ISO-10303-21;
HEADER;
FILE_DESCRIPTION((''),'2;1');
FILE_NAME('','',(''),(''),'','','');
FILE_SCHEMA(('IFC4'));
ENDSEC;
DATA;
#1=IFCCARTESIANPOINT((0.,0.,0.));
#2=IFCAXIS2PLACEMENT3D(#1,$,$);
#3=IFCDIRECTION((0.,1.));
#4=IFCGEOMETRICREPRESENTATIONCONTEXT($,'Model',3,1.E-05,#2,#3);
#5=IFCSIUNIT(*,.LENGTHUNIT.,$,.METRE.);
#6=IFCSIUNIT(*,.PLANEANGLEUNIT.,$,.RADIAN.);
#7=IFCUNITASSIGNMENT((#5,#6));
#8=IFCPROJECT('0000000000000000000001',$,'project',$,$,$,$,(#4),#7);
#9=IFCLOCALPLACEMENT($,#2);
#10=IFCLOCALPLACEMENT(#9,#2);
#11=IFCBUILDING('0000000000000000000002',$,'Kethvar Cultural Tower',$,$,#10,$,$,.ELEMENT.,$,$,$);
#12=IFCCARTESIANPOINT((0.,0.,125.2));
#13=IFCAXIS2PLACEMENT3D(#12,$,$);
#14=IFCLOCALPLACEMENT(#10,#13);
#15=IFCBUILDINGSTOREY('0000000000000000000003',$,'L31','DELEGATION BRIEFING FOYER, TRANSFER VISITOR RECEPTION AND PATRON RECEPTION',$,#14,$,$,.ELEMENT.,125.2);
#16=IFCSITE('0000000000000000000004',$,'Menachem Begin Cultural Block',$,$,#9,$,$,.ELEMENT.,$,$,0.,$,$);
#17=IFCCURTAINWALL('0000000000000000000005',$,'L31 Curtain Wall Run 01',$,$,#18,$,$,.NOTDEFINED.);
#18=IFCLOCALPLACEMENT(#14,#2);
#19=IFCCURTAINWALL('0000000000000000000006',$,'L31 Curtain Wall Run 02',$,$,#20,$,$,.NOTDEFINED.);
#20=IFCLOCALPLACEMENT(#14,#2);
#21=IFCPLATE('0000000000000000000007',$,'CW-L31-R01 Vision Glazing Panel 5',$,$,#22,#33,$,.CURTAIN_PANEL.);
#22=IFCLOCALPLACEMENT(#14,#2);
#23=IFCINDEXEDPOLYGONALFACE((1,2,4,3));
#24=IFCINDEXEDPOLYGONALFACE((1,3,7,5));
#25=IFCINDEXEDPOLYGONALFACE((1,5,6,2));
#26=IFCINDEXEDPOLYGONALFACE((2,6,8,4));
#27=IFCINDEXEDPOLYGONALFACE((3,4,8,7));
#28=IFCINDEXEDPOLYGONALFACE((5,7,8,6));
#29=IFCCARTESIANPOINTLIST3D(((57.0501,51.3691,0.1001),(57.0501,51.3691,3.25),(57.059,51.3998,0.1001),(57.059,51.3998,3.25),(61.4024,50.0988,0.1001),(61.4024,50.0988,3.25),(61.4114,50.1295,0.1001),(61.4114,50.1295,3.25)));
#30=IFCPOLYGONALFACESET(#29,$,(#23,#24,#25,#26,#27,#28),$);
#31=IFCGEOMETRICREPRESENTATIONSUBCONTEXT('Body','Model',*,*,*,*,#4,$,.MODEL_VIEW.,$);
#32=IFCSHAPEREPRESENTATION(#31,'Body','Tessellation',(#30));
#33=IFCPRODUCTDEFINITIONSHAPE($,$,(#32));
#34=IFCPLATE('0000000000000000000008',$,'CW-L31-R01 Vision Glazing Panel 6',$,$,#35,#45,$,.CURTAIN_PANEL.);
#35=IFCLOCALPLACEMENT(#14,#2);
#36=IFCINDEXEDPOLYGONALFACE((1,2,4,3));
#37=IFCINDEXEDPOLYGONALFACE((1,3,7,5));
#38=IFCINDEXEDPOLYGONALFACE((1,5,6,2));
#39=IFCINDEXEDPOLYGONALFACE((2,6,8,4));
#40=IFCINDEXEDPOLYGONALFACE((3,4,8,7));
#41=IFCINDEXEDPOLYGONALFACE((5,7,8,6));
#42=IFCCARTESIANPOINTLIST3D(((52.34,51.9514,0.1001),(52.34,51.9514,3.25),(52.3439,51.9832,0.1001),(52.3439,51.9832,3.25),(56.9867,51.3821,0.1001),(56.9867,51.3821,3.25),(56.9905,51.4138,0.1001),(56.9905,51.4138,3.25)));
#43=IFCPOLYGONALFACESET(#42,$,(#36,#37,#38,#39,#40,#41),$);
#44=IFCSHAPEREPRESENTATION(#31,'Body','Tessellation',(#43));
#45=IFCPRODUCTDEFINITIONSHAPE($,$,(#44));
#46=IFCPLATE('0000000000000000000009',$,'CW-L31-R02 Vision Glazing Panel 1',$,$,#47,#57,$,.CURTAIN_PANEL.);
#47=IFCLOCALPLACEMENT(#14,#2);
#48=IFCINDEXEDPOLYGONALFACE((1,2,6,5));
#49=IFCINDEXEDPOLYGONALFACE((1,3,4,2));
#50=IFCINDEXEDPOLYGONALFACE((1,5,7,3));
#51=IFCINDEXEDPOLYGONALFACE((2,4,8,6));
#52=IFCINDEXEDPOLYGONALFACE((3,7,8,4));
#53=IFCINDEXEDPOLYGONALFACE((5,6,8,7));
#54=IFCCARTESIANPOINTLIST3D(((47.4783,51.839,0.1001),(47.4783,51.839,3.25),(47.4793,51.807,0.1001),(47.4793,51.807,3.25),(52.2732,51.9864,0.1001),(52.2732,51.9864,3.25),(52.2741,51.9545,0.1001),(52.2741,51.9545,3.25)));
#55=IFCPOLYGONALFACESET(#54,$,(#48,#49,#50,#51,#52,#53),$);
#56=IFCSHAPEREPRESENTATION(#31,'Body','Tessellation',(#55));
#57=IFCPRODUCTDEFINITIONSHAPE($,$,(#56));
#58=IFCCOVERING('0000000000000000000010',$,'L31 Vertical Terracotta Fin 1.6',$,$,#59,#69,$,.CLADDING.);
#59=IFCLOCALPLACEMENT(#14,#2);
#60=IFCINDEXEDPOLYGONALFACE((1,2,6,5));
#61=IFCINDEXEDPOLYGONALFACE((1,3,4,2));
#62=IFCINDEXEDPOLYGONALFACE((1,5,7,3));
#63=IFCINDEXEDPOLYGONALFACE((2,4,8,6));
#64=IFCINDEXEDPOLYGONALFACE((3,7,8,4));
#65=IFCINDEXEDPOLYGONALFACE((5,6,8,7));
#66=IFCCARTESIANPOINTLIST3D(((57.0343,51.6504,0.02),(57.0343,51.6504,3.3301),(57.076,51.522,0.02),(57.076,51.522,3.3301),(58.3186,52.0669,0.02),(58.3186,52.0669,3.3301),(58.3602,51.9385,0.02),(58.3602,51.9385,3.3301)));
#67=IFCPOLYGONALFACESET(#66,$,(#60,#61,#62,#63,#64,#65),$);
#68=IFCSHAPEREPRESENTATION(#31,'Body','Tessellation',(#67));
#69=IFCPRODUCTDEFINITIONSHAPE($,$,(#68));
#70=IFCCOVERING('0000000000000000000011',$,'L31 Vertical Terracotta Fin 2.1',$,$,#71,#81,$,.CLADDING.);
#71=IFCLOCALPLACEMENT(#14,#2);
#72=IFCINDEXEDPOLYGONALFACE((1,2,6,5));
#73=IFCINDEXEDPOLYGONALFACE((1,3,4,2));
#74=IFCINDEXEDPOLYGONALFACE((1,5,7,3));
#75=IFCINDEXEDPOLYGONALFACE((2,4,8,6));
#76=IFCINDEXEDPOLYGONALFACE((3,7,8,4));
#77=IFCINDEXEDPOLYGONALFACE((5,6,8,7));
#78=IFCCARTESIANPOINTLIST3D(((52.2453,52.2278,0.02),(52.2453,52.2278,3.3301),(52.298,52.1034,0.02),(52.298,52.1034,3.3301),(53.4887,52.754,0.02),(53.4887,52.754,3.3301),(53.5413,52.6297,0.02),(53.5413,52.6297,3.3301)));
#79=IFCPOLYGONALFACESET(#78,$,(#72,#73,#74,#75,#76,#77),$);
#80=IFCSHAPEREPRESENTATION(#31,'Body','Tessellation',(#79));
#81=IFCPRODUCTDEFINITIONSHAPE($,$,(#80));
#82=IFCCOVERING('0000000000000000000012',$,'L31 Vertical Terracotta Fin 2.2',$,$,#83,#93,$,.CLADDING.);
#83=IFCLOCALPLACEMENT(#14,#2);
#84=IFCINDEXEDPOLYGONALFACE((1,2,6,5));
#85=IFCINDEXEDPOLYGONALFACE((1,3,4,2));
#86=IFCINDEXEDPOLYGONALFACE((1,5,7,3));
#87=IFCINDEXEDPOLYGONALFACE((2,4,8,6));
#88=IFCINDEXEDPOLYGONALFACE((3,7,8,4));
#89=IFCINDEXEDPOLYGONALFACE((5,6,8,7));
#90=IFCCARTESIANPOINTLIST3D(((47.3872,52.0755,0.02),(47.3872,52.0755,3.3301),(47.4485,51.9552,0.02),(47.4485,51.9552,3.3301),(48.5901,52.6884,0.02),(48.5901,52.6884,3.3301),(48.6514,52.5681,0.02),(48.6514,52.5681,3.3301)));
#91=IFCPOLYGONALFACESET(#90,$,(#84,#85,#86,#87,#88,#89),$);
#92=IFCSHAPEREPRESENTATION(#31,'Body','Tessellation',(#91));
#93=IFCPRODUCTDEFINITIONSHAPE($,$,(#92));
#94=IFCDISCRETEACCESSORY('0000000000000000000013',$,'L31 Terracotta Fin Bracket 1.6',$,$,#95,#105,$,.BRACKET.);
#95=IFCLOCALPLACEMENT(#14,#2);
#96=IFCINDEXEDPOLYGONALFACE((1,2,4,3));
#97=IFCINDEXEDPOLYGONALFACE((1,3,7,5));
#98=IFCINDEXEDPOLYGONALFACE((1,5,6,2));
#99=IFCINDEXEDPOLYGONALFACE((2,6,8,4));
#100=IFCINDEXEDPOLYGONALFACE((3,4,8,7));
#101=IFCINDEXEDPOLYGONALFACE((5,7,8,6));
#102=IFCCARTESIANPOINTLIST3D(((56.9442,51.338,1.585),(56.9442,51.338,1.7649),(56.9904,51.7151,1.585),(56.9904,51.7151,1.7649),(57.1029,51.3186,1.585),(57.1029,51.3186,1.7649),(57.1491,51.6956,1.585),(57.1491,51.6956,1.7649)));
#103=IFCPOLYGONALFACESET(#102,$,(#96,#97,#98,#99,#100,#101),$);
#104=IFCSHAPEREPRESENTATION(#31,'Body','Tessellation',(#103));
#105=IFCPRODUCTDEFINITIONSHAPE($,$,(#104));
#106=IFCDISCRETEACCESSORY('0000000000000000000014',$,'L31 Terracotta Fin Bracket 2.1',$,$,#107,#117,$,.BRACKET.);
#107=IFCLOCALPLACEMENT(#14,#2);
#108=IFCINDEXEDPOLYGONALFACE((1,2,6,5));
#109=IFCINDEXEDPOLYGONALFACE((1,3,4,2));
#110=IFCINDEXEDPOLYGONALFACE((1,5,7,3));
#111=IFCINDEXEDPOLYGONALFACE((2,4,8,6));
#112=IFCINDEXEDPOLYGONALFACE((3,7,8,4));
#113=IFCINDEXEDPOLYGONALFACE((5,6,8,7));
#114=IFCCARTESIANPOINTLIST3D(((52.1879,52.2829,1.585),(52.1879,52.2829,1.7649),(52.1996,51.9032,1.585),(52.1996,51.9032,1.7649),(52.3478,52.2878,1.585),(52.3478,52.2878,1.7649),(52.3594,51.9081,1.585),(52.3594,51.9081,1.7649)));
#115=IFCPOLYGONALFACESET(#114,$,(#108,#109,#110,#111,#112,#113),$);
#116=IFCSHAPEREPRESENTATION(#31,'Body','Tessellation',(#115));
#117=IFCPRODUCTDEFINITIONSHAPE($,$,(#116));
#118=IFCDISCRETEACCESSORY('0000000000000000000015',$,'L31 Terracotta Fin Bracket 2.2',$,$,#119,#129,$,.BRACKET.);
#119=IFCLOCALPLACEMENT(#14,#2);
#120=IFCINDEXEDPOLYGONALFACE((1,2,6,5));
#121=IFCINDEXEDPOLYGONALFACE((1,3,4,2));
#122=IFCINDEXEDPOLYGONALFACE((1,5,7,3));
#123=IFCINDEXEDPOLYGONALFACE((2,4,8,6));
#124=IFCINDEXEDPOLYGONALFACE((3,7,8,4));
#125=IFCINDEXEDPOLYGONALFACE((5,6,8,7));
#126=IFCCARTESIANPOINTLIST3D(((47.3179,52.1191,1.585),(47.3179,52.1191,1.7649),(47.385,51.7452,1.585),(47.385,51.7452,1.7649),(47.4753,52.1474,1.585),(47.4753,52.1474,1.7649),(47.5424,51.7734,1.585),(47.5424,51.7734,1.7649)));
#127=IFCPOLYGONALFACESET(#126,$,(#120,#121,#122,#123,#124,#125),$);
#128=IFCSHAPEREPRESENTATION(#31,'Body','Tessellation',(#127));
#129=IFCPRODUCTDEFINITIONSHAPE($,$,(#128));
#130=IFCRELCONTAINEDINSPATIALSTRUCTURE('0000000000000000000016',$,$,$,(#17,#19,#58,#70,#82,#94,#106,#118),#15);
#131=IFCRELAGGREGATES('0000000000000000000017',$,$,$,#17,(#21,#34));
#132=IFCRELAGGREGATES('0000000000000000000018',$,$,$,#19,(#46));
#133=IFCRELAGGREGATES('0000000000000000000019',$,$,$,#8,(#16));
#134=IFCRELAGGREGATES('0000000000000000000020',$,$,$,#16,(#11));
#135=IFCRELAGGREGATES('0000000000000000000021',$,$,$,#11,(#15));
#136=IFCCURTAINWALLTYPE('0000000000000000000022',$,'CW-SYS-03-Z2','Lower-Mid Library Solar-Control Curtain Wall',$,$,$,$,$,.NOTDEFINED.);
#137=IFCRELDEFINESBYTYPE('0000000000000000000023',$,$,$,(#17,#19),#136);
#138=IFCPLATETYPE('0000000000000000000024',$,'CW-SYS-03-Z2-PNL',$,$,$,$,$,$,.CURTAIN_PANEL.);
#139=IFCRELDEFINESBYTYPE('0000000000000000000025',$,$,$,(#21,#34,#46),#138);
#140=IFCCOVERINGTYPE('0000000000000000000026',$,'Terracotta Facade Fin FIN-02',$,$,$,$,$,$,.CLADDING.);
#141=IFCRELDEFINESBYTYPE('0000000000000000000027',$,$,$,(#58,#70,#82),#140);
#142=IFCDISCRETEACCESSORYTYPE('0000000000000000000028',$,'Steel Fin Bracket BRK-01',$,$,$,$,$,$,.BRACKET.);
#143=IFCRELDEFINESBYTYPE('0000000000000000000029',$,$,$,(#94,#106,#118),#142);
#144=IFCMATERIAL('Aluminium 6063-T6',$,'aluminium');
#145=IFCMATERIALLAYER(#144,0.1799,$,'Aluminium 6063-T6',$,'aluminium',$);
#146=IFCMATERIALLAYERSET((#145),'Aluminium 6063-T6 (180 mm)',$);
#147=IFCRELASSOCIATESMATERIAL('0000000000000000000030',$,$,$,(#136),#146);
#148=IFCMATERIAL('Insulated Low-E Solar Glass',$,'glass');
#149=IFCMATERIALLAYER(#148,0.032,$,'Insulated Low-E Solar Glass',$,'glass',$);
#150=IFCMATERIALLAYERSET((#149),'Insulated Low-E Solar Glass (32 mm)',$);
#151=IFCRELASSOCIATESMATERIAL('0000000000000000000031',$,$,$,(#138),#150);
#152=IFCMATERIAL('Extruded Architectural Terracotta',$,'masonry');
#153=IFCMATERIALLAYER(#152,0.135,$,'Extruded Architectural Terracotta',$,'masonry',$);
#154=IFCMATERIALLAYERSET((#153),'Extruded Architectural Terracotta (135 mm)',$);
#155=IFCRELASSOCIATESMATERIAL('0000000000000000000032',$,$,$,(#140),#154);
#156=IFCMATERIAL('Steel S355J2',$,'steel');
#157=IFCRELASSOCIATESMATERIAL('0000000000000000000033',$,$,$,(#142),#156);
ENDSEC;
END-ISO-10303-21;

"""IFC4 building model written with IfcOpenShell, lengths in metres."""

from ifc_helpers import new_model, si_unit, direction, frame, origin, origin_2d, place, context, subcontext, project, spatial, rectangle, extrude, source, transform, mapped, material, layer, layer_set, type_object, element, aggregate, save


model = new_model("IFC4")

# Units and contexts
model_context = context("Model", 3, precision=1e-05, world=origin(), true_north=direction((0.0, 1.0)))
body_context = subcontext(model_context, "Body", "Model", "MODEL_VIEW")
ifc_project = project(units=[si_unit("LENGTHUNIT", "METRE"), si_unit("PLANEANGLEUNIT", "RADIAN")], contexts=[model_context])

# Site, building, storey
site_placement = place(None, origin())
site = spatial("IfcSite", under=ifc_project, at=site_placement, Name="Menachem Begin Cultural Block", CompositionType="ELEMENT", RefElevation=0.0)
building_placement = place(site_placement, origin())
building = spatial("IfcBuilding", under=site, at=building_placement, Name="Kethvar Cultural Tower", CompositionType="ELEMENT")
storey_placement = place(building_placement, frame((0.0, 0.0, 125.2)))
storey = spatial("IfcBuildingStorey", under=building, at=storey_placement, Name="L31", Description="DELEGATION BRIEFING FOYER, TRANSFER VISITOR RECEPTION AND PATRON RECEPTION", CompositionType="ELEMENT", Elevation=125.2)

# Shared definitions
ifc_material_1 = material(Name="Steel S355J2", Category="steel")

# Curtain walls
ifc_material_2 = material(Name="Aluminium 6063-T6", Category="aluminium")
ifc_layer_1 = layer(ifc_material_2, 0.1799, Name="Aluminium 6063-T6", Category="aluminium")
ifc_layer_set_1 = layer_set([ifc_layer_1], Name="Aluminium 6063-T6 (180 mm)")
curtain_wall_type = type_object("IfcCurtainWallType", Name="CW-SYS-03-Z2", Description="Lower-Mid Library Solar-Control Curtain Wall", PredefinedType="NOTDEFINED", material=ifc_layer_set_1)
curtain_wall_1_placement = place(storey_placement, origin())
curtain_wall_1 = element("IfcCurtainWall", 1, at=curtain_wall_1_placement, inside=storey, type_object=curtain_wall_type, Name="L31 Curtain Wall Run 01", PredefinedType="NOTDEFINED")
curtain_wall_2_placement = place(storey_placement, origin())
curtain_wall_2 = element("IfcCurtainWall", 2, at=curtain_wall_2_placement, inside=storey, type_object=curtain_wall_type, Name="L31 Curtain Wall Run 02", PredefinedType="NOTDEFINED")

# Plates
ifc_material_3 = material(Name="Insulated Low-E Solar Glass", Category="glass")
ifc_layer_2 = layer(ifc_material_3, 0.032, Name="Insulated Low-E Solar Glass", Category="glass")
ifc_layer_set_2 = layer_set([ifc_layer_2], Name="Insulated Low-E Solar Glass (32 mm)")
plate_type = type_object("IfcPlateType", Name="CW-SYS-03-Z2-PNL", PredefinedType="CURTAIN_PANEL", material=ifc_layer_set_2)
shared_shape_1 = source(origin(), body_context, "Body", "SweptSolid", [
    extrude(rectangle(XDim=4.5339, YDim=0.032, at=origin_2d()), origin(), (0.0, 0.0, 1.0), 3.1499),
])
plate_1_placement = place(storey_placement, frame((59.2307, 50.7493, 0.1001), z_axis=(0.0, 0.0, 1.0), x_axis=(-0.959947, 0.280181, 0.0)))
plate_1 = element("IfcPlate", 3, at=plate_1_placement, type_object=plate_type, Name="CW-L31-R01 Vision Glazing Panel 5", PredefinedType="CURTAIN_PANEL", context=body_context, shape_type="MappedRepresentation", body=[
    mapped(shared_shape_1, transform((0.0, 0.0, 0.0), scale=1.0)),
])
shared_shape_2 = source(origin(), body_context, "Body", "SweptSolid", [
    extrude(rectangle(XDim=4.6814, YDim=0.032, at=origin_2d()), origin(), (0.0, 0.0, 1.0), 3.1499),
])
plate_2_placement = place(storey_placement, frame((54.6653, 51.6826, 0.1001), z_axis=(0.0, 0.0, 1.0), x_axis=(-0.992576, 0.121627, 0.0)))
plate_2 = element("IfcPlate", 4, at=plate_2_placement, type_object=plate_type, Name="CW-L31-R01 Vision Glazing Panel 6", PredefinedType="CURTAIN_PANEL", context=body_context, shape_type="MappedRepresentation", body=[
    mapped(shared_shape_2, transform((0.0, 0.0, 0.0), scale=1.0)),
])
aggregate(curtain_wall_1, [plate_1, plate_2])
shared_shape_3 = source(origin(), body_context, "Body", "SweptSolid", [
    extrude(rectangle(XDim=4.7971, YDim=0.032, at=origin_2d()), origin(), (0.0, 0.0, 1.0), 3.1499),
])
plate_3_placement = place(storey_placement, frame((49.8762, 51.8967, 0.1001), z_axis=(0.0, 0.0, 1.0), x_axis=(-0.999528, -0.03073, 0.0)))
plate_3 = element("IfcPlate", 5, at=plate_3_placement, type_object=plate_type, Name="CW-L31-R02 Vision Glazing Panel 1", PredefinedType="CURTAIN_PANEL", context=body_context, shape_type="MappedRepresentation", body=[
    mapped(shared_shape_3, transform((0.0, 0.0, 0.0), scale=1.0)),
])
aggregate(curtain_wall_2, [plate_3])

# Coverings
ifc_material_4 = material(Name="Extruded Architectural Terracotta", Category="masonry")
ifc_layer_3 = layer(ifc_material_4, 0.135, Name="Extruded Architectural Terracotta", Category="masonry")
ifc_layer_set_3 = layer_set([ifc_layer_3], Name="Extruded Architectural Terracotta (135 mm)")
covering_type = type_object("IfcCoveringType", Name="Terracotta Facade Fin FIN-02", PredefinedType="CLADDING", material=ifc_layer_set_3)
shared_shape_4 = source(origin(), body_context, "Body", "SweptSolid", [
    extrude(rectangle(XDim=1.3501, YDim=0.135, at=origin_2d()), origin(), (0.0, 0.0, 1.0), 3.3101),
])
for number, where, z_axis, x_axis, name in (
    (6, (57.6973, 51.7944, 0.02), (0.0, 0.0, 1.0), (0.951218, 0.308519, 0.0), "L31 Vertical Terracotta Fin 1.6"),
    (7, (52.8933, 52.4287, 0.02), (0.0, 0.0, 1.0), (0.920914, 0.389767, 0.0), "L31 Vertical Terracotta Fin 2.1"),
    (8, (48.0193, 52.3218, 0.02), (0.0, 0.0, 1.0), (0.891007, 0.45399, 0.0), "L31 Vertical Terracotta Fin 2.2"),
):
    element("IfcCovering", number, at=place(storey_placement, frame(where, z_axis=z_axis, x_axis=x_axis)), inside=storey, type_object=covering_type, Name=name, PredefinedType="CLADDING", context=body_context, shape_type="MappedRepresentation", body=[
        mapped(shared_shape_4, transform((0.0, 0.0, 0.0), scale=1.0)),
    ])

# Discrete accessories
discrete_accessory_type = type_object("IfcDiscreteAccessoryType", Name="Steel Fin Bracket BRK-01", PredefinedType="BRACKET", material=ifc_material_1)
shared_shape_5 = source(origin(), body_context, "Body", "SweptSolid", [
    extrude(rectangle(XDim=0.3799, YDim=0.1599, at=origin_2d()), origin(), (0.0, 0.0, 1.0), 0.1799),
])
for number, where, z_axis, x_axis, name in (
    (9, (57.0466, 51.5168, 1.585), (0.0, 0.0, 1.0), (0.121696, 0.992567, 0.0), "L31 Terracotta Fin Bracket 1.6"),
    (10, (52.2737, 52.0955, 1.585), (0.0, 0.0, 1.0), (-0.030713, 0.999528, 0.0), "L31 Terracotta Fin Bracket 2.1"),
    (11, (47.4302, 51.9463, 1.585), (0.0, 0.0, 1.0), (-0.176569, 0.984288, 0.0), "L31 Terracotta Fin Bracket 2.2"),
):
    element("IfcDiscreteAccessory", number, at=place(storey_placement, frame(where, z_axis=z_axis, x_axis=x_axis)), inside=storey, type_object=discrete_accessory_type, Name=name, PredefinedType="BRACKET", context=body_context, shape_type="MappedRepresentation", body=[
        mapped(shared_shape_5, transform((0.0, 0.0, 0.0), scale=1.0)),
    ])

save(model, "model.ifc")
